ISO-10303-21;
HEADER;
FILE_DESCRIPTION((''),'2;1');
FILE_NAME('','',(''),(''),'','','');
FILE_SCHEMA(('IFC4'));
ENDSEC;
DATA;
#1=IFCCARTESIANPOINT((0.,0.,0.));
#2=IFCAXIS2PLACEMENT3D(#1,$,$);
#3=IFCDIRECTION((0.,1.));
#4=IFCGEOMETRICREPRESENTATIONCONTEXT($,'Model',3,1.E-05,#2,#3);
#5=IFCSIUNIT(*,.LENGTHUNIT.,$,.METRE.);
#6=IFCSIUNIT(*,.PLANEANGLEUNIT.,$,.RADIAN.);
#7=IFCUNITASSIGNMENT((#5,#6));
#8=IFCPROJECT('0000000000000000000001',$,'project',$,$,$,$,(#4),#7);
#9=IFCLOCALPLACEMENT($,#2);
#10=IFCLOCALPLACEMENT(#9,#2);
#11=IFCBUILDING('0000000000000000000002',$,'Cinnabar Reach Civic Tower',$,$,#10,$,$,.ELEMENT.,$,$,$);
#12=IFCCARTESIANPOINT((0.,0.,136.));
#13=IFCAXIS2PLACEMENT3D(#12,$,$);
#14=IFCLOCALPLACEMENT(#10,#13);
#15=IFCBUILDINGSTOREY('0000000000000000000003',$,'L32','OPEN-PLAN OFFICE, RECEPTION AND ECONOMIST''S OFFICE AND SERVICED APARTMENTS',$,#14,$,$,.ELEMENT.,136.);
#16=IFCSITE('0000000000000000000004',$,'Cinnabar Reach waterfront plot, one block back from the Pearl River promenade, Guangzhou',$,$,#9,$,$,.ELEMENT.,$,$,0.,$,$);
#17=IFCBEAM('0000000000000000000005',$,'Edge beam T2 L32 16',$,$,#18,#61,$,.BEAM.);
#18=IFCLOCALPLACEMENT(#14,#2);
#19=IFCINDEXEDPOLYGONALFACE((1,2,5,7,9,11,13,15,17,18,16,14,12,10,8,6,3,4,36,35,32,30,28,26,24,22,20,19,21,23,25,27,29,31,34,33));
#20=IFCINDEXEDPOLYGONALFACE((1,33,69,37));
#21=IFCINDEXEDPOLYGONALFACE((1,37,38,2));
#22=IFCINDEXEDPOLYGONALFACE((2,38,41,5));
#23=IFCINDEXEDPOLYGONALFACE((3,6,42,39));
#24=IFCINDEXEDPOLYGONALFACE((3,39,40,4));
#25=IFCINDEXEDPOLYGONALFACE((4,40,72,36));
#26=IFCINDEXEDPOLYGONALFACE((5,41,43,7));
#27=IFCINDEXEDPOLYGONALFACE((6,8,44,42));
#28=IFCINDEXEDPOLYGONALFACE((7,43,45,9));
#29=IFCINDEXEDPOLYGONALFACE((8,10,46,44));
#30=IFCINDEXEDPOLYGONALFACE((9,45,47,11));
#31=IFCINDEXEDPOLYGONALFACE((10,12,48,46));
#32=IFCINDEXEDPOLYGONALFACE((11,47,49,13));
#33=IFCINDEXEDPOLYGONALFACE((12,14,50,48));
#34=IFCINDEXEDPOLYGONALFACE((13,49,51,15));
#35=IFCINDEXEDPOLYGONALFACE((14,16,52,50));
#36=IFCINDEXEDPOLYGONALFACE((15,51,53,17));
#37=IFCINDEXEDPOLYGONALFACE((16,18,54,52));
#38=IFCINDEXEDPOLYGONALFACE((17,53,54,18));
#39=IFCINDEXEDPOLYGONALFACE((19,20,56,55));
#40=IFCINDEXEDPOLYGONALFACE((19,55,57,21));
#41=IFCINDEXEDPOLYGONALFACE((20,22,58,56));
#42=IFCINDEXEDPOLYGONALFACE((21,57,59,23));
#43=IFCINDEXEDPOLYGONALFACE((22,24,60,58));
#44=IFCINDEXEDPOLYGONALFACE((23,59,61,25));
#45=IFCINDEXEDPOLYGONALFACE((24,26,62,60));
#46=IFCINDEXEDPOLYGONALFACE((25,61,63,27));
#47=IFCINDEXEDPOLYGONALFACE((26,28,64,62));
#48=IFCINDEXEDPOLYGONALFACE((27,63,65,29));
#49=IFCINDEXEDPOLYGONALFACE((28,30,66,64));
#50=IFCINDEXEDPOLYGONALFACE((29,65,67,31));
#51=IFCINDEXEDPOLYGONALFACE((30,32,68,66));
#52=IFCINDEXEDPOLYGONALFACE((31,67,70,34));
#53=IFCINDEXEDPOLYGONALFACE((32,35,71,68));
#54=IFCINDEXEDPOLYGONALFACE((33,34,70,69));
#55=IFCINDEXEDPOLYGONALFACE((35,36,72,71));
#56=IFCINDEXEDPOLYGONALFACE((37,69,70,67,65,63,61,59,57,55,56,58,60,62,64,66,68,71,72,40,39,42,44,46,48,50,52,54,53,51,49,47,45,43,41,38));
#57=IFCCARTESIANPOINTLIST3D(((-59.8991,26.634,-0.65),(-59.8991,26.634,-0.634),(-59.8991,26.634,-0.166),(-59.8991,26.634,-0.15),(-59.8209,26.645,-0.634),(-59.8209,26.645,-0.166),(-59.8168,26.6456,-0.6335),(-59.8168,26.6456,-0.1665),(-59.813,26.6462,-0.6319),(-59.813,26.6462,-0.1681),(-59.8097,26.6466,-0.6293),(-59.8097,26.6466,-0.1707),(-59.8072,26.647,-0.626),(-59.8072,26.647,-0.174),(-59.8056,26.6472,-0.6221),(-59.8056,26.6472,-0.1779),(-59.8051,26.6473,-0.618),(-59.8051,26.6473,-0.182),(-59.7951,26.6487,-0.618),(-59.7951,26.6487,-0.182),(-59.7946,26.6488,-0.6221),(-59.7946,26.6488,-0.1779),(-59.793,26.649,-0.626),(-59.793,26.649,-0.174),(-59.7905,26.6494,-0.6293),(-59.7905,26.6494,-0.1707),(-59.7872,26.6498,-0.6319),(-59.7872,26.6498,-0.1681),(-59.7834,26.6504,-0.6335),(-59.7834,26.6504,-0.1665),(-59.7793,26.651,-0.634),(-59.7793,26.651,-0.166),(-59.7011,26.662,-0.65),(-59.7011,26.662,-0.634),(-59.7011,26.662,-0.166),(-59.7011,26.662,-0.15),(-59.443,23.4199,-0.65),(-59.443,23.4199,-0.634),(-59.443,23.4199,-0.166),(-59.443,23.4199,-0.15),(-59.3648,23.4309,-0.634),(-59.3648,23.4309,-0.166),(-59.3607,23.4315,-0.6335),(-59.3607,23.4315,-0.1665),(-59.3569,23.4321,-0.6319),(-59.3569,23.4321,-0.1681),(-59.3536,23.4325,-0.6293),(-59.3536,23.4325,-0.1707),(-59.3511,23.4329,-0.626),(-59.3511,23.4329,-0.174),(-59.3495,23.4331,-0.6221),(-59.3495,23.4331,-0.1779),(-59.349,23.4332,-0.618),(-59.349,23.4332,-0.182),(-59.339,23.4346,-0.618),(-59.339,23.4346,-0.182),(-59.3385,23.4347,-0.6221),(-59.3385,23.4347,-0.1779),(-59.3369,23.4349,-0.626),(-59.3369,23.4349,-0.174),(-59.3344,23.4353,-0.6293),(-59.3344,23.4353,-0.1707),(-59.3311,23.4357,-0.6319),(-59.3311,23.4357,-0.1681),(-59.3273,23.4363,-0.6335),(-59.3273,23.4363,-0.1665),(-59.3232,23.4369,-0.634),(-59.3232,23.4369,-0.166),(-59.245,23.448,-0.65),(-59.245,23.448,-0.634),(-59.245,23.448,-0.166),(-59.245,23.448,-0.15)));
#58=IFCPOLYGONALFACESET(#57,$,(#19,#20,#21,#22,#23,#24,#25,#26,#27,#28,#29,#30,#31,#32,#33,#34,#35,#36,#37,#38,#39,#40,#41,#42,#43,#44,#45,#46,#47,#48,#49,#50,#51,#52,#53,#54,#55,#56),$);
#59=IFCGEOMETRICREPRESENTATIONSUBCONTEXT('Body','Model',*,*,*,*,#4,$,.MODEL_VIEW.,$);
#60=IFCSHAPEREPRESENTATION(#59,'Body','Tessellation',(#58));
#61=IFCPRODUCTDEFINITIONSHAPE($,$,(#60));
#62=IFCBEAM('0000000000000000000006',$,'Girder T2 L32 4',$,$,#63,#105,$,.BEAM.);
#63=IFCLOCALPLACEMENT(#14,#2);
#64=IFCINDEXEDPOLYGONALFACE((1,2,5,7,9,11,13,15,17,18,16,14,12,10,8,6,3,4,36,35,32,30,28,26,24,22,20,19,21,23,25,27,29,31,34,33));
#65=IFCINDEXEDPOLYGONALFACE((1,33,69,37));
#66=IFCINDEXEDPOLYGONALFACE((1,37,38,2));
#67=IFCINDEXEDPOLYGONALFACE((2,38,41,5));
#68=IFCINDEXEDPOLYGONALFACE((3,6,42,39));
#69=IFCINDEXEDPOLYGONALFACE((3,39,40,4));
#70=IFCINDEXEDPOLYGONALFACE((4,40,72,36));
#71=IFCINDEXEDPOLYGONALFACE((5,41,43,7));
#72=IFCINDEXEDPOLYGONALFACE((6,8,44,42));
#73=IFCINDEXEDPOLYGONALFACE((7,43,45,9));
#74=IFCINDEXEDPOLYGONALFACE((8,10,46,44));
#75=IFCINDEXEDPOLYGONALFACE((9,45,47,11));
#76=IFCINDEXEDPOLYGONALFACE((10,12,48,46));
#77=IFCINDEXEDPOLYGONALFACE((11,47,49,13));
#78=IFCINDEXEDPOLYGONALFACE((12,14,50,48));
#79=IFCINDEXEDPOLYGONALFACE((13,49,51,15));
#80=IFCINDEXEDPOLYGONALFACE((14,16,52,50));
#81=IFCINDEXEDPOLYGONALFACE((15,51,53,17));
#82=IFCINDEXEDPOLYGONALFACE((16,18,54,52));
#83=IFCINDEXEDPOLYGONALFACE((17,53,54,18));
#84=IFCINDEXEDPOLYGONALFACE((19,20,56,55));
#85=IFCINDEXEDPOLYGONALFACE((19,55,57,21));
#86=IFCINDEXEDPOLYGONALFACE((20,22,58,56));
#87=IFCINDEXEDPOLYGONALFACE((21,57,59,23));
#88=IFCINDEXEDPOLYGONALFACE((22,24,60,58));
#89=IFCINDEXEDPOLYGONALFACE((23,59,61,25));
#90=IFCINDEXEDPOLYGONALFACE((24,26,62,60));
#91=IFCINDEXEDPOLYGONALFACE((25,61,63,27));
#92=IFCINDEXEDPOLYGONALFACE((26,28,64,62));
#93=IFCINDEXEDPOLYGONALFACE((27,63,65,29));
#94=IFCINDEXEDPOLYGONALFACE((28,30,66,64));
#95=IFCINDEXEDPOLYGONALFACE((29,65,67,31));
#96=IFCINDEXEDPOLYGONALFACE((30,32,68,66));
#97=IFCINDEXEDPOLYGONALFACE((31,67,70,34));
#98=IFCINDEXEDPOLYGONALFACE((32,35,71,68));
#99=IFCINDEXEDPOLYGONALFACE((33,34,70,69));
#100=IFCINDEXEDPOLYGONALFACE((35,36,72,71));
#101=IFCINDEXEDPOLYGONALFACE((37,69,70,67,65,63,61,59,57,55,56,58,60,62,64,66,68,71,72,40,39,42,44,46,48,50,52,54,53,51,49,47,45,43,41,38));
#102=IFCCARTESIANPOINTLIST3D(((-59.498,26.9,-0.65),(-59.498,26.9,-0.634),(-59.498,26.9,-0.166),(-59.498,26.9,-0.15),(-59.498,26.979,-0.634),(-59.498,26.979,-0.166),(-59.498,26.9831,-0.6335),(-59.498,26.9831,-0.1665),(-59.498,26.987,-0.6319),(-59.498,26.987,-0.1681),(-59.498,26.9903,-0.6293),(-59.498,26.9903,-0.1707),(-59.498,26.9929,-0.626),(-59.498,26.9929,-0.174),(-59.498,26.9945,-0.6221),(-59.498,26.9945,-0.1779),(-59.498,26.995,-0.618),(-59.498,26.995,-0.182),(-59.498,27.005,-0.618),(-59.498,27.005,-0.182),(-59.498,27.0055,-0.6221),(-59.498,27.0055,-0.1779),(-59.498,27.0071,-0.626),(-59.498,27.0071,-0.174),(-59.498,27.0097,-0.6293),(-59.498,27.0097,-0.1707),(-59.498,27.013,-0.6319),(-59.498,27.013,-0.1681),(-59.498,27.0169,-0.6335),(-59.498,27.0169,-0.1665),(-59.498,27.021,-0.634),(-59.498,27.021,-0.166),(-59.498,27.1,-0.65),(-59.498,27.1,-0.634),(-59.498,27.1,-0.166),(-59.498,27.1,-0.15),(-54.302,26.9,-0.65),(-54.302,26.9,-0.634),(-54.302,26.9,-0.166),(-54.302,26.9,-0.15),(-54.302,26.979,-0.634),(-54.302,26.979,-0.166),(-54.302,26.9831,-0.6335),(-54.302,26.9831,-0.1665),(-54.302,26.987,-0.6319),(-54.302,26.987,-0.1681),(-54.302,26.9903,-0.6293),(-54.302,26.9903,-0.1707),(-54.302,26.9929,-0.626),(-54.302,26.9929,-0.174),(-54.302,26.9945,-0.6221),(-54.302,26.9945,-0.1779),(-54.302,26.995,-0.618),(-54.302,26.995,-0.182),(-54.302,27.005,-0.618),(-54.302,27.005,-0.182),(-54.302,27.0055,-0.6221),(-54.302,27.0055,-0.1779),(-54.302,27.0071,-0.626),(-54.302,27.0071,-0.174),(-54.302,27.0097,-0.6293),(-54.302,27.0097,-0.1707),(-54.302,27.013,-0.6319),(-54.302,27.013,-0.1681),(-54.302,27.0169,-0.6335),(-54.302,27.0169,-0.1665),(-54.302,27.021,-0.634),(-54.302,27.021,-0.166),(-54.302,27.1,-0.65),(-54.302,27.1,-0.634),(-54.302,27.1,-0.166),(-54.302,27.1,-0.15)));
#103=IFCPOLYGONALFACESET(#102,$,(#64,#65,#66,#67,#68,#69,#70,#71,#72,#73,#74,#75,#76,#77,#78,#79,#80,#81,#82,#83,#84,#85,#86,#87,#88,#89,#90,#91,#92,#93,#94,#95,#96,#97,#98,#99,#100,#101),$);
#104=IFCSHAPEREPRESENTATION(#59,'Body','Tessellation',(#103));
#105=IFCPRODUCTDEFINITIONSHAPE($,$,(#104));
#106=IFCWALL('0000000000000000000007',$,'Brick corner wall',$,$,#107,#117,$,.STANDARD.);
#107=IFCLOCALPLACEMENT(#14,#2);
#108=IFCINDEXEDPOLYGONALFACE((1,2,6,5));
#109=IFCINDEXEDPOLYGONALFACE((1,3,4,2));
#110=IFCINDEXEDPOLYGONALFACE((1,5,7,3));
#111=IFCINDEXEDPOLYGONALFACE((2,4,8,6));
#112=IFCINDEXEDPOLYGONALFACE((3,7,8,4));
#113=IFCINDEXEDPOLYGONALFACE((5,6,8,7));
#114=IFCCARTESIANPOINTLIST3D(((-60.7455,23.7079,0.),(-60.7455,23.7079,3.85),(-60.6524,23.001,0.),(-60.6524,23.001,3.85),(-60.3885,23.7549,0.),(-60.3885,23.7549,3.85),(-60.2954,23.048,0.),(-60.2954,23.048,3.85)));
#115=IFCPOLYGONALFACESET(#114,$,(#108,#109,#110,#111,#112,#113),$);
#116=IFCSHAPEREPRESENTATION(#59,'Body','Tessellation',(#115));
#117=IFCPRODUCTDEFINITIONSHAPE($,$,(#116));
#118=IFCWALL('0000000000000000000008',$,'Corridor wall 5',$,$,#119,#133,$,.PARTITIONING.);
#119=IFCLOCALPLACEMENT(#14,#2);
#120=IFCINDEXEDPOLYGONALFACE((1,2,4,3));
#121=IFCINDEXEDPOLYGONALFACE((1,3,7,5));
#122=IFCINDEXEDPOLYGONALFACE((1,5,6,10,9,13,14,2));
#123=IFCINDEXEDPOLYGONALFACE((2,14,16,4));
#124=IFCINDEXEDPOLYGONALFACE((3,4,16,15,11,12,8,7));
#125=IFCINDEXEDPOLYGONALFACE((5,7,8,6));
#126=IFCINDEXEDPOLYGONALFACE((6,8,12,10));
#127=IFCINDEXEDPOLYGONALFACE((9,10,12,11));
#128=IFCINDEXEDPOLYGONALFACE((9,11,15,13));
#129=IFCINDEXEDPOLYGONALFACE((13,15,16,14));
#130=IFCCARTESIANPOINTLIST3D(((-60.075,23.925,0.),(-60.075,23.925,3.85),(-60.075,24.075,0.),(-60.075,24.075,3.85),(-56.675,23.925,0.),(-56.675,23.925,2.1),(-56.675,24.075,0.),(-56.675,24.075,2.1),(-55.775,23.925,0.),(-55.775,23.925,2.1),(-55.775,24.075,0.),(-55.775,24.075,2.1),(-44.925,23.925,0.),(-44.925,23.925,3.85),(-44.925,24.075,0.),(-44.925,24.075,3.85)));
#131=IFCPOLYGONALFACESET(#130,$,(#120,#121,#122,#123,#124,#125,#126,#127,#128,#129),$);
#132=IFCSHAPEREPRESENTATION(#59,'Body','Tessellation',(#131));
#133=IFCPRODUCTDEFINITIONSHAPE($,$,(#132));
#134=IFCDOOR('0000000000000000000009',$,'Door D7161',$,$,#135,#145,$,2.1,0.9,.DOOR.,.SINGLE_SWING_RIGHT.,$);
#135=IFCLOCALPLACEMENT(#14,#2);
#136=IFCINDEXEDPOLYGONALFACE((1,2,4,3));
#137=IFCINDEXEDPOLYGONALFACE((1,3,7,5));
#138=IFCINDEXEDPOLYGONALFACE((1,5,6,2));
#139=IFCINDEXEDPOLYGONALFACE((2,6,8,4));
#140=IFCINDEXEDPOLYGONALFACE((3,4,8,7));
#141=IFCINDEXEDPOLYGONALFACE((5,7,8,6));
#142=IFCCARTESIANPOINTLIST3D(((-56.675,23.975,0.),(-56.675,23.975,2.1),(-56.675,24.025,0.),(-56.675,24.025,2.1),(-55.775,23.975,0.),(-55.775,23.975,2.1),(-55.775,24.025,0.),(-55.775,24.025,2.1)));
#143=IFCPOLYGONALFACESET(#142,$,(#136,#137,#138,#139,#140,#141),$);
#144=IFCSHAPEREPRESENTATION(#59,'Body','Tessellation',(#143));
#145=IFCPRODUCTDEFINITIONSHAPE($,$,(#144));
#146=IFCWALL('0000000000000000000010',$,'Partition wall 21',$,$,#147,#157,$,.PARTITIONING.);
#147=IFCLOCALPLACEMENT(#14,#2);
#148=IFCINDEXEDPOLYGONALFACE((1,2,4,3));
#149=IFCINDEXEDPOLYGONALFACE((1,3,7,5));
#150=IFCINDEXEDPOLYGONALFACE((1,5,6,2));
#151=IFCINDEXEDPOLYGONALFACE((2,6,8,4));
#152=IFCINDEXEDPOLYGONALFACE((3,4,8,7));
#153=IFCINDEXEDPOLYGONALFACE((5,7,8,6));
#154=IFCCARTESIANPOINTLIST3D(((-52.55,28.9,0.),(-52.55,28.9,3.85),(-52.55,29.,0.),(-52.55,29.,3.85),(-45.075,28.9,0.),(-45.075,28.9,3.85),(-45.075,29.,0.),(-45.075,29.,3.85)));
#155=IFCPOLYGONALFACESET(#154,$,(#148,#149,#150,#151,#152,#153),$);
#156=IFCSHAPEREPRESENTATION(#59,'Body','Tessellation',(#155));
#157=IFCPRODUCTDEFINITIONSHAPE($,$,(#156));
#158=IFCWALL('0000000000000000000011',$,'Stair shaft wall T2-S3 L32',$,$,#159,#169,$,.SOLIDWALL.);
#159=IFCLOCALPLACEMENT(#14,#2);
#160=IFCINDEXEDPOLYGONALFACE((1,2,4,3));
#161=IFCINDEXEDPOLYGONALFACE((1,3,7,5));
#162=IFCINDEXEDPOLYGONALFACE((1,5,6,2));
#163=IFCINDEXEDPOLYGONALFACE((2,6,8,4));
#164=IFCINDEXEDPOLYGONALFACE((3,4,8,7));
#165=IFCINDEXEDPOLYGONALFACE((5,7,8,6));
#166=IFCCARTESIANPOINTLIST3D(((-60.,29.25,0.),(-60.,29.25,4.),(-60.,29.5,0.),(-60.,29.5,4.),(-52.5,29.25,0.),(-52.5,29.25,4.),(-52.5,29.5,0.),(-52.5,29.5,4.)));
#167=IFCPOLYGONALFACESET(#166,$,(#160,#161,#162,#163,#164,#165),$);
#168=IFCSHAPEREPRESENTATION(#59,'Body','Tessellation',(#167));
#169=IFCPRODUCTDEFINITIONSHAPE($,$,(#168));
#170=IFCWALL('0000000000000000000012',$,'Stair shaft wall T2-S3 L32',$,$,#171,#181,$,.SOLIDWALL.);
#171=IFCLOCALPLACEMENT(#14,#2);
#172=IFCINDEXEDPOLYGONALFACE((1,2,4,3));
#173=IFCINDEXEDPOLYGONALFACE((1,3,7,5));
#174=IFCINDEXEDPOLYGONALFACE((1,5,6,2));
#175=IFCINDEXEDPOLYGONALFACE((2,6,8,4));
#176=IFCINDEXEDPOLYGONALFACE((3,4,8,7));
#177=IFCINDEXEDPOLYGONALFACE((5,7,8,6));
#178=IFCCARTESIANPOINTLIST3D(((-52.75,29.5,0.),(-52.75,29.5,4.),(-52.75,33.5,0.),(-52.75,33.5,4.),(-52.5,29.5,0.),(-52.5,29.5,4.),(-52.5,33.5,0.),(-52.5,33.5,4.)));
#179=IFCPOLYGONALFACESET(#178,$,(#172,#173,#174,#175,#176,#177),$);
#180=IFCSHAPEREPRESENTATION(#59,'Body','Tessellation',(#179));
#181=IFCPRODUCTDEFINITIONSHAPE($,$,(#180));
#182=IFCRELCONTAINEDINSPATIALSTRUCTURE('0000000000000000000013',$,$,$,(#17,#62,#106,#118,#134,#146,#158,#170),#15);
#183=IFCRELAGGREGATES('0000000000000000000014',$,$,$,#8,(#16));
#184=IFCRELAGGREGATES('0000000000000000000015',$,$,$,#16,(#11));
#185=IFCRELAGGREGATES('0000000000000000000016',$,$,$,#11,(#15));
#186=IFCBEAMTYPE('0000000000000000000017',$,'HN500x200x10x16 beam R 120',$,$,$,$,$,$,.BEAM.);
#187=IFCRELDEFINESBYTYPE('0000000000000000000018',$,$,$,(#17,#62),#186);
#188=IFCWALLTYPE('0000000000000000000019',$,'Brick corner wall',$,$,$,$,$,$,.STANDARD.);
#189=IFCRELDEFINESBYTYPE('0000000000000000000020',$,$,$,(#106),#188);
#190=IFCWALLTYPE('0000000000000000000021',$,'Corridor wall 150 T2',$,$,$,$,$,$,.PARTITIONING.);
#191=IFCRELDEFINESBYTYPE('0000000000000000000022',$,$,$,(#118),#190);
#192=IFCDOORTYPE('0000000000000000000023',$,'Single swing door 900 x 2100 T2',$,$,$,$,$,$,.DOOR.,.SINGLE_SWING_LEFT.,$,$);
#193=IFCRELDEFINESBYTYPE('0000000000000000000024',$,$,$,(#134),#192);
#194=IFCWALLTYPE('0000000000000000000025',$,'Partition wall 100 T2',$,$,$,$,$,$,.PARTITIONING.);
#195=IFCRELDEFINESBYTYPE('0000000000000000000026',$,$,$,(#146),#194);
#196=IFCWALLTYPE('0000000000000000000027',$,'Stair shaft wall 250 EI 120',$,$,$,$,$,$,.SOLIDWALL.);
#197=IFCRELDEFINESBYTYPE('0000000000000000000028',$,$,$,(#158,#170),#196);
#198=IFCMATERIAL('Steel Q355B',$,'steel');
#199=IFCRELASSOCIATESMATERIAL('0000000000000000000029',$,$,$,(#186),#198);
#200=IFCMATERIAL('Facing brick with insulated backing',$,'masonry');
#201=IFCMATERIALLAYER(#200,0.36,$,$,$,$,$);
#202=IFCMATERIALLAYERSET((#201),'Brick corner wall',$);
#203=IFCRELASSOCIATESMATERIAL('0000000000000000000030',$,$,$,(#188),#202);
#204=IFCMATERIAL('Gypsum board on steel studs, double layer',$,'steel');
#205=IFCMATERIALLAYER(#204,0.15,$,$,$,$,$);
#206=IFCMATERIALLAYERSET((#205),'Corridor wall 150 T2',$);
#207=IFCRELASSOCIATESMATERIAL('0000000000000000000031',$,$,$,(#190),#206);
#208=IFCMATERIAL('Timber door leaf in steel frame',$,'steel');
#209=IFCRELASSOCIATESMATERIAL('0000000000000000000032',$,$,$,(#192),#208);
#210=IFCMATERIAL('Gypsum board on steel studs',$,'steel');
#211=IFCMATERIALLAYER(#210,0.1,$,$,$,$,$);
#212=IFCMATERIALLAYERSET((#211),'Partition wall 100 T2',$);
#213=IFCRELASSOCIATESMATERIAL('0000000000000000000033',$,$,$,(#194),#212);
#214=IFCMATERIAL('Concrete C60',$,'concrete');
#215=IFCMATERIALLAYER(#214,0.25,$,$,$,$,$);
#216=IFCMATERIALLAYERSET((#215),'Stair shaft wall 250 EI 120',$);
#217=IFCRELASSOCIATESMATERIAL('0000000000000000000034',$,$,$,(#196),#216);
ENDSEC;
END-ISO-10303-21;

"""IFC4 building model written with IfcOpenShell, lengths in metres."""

from ifc_helpers import new_model, si_unit, direction, frame, frame_2d, origin, origin_2d, place, context, subcontext, project, spatial, rectangle, i_section, extrude, material, layer, layer_set, material_profile, profile_set, type_object, element, fill, save


model = new_model("IFC4")

# Units and contexts
model_context = context("Model", 3, precision=1e-05, world=origin(), true_north=direction((0.0, 1.0)))
body_context = subcontext(model_context, "Body", "Model", "MODEL_VIEW")
ifc_project = project(units=[si_unit("LENGTHUNIT", "METRE"), si_unit("PLANEANGLEUNIT", "RADIAN")], contexts=[model_context])

# Site, building, storey
site_placement = place(None, origin())
site = spatial("IfcSite", under=ifc_project, at=site_placement, Name="Cinnabar Reach waterfront plot, one block back from the Pearl River promenade, Guangzhou", CompositionType="ELEMENT", RefElevation=0.0)
building_placement = place(site_placement, origin())
building = spatial("IfcBuilding", under=site, at=building_placement, Name="Cinnabar Reach Civic Tower", CompositionType="ELEMENT")
storey_placement = place(building_placement, frame((0.0, 0.0, 136.0)))
storey = spatial("IfcBuildingStorey", under=building, at=storey_placement, Name="L32", Description="OPEN-PLAN OFFICE, RECEPTION AND ECONOMIST'S OFFICE AND SERVICED APARTMENTS", CompositionType="ELEMENT", Elevation=136.0)

# Shared definitions
ifc_material_1 = material(Name="Concrete C60", Category="concrete")

# Beams
ifc_material_2 = material(Name="Steel Q355B", Category="steel")
ifc_material_profile_1 = material_profile(ifc_material_2, i_section(OverallWidth=0.2, OverallDepth=0.5, WebThickness=0.01, FlangeThickness=0.016, FilletRadius=0.016, at=origin_2d()), Name="HN500x200x10x16")
ifc_profile_set_1 = profile_set([ifc_material_profile_1], Name="Steel Q355B")
beam_type_1 = type_object("IfcBeamType", Name="HN500x200x10x16 beam R 120", PredefinedType="BEAM", material=ifc_profile_set_1)
beam_1_placement = place(storey_placement, frame((-59.8001, 26.648, -0.4), z_axis=(0.140498, -0.990081, 0.0), x_axis=(0.990081, 0.140498, 0.0)))
element("IfcBeam", 1, at=beam_1_placement, inside=storey, type_object=beam_type_1, Name="Edge beam T2 L32 16", PredefinedType="BEAM", context=body_context, shape_type="SweptSolid", body=[
    extrude(i_section(OverallWidth=0.2, OverallDepth=0.5, WebThickness=0.01, FlangeThickness=0.016, FilletRadius=0.016, at=origin_2d()), origin(), (0.0, 0.0, 1.0), 3.2463),
])
beam_2_placement = place(storey_placement, frame((-59.498, 27.0, -0.4), z_axis=(1.0, 0.0, 0.0), x_axis=(0.0, 1.0, 0.0)))
element("IfcBeam", 2, at=beam_2_placement, inside=storey, type_object=beam_type_1, Name="Girder T2 L32 4", PredefinedType="BEAM", context=body_context, shape_type="SweptSolid", body=[
    extrude(i_section(OverallWidth=0.2, OverallDepth=0.5, WebThickness=0.01, FlangeThickness=0.016, FilletRadius=0.016, at=origin_2d()), origin(), (0.0, 0.0, 1.0), 5.196),
])

# Wall
ifc_material_3 = material(Name="Facing brick with insulated backing", Category="masonry")
ifc_layer_1 = layer(ifc_material_3, 0.36)
ifc_layer_set_1 = layer_set([ifc_layer_1], Name="Brick corner wall")
wall_type_1 = type_object("IfcWallType", Name="Brick corner wall", PredefinedType="STANDARD", material=ifc_layer_set_1)
wall_1_placement = place(storey_placement, frame((-60.567, 23.7314, 0.0), z_axis=(0.0, 0.0, 1.0), x_axis=(0.130556, -0.991441, 0.0)))
element("IfcWall", 3, at=wall_1_placement, inside=storey, type_object=wall_type_1, Name="Brick corner wall", PredefinedType="STANDARD", context=body_context, shape_type="SweptSolid", body=[
    extrude(rectangle(XDim=0.7131, YDim=0.36, at=frame_2d((0.3565, 0.0))), origin(), (0.0, 0.0, 1.0), 3.85),
])

# Wall, opening, door
ifc_material_4 = material(Name="Gypsum board on steel studs, double layer", Category="steel")
ifc_layer_2 = layer(ifc_material_4, 0.15)
ifc_layer_set_2 = layer_set([ifc_layer_2], Name="Corridor wall 150 T2")
wall_type_2 = type_object("IfcWallType", Name="Corridor wall 150 T2", PredefinedType="PARTITIONING", material=ifc_layer_set_2)
wall_2_placement = place(storey_placement, frame((-60.075, 24.0, 0.0), z_axis=(0.0, 0.0, 1.0), x_axis=(1.0, 0.0, 0.0)))
wall_2 = element("IfcWall", 4, at=wall_2_placement, inside=storey, type_object=wall_type_2, Name="Corridor wall 5", PredefinedType="PARTITIONING", context=body_context, shape_type="SweptSolid", body=[
    extrude(rectangle(XDim=15.15, YDim=0.15, at=frame_2d((7.575, 0.0))), origin(), (0.0, 0.0, 1.0), 3.85),
])
opening_placement = place(wall_2_placement, frame((3.4, 0.0, 0.0)))
opening = element("IfcOpeningElement", 5, at=opening_placement, cuts=wall_2, PredefinedType="OPENING", context=body_context, shape_type="SweptSolid", body=[
    extrude(rectangle(XDim=0.9, YDim=2.1, at=frame_2d((0.45, 1.05))), frame((0.0, 0.085, 0.0), z_axis=(0.0, -1.0, 0.0), x_axis=(1.0, 0.0, 0.0)), (0.0, 0.0, 1.0), 0.17),
])
ifc_material_5 = material(Name="Timber door leaf in steel frame", Category="steel")
door_type = type_object("IfcDoorType", Name="Single swing door 900 x 2100 T2", OperationType="SINGLE_SWING_LEFT", PredefinedType="DOOR", material=ifc_material_5)
door_placement = place(opening_placement, origin())
door = element("IfcDoor", 6, at=door_placement, inside=storey, type_object=door_type, Name="Door D7161", OperationType="SINGLE_SWING_RIGHT", OverallHeight=2.1, OverallWidth=0.9, PredefinedType="DOOR", context=body_context, shape_type="SweptSolid", body=[
    extrude(rectangle(XDim=0.9, YDim=2.1, at=frame_2d((0.45, 1.05))), frame((0.0, 0.025, 0.0), z_axis=(0.0, -1.0, 0.0), x_axis=(1.0, 0.0, 0.0)), (0.0, 0.0, 1.0), 0.05),
])
fill(opening, door)

# Walls
ifc_material_6 = material(Name="Gypsum board on steel studs", Category="steel")
ifc_layer_3 = layer(ifc_material_6, 0.1)
ifc_layer_set_3 = layer_set([ifc_layer_3], Name="Partition wall 100 T2")
wall_type_3 = type_object("IfcWallType", Name="Partition wall 100 T2", PredefinedType="PARTITIONING", material=ifc_layer_set_3)
wall_3_placement = place(storey_placement, frame((-52.55, 28.95, 0.0), z_axis=(0.0, 0.0, 1.0), x_axis=(1.0, 0.0, 0.0)))
element("IfcWall", 7, at=wall_3_placement, inside=storey, type_object=wall_type_3, Name="Partition wall 21", PredefinedType="PARTITIONING", context=body_context, shape_type="SweptSolid", body=[
    extrude(rectangle(XDim=7.475, YDim=0.1, at=frame_2d((3.7375, 0.0))), origin(), (0.0, 0.0, 1.0), 3.85),
])
ifc_layer_4 = layer(ifc_material_1, 0.25)
ifc_layer_set_4 = layer_set([ifc_layer_4], Name="Stair shaft wall 250 EI 120")
wall_type_4 = type_object("IfcWallType", Name="Stair shaft wall 250 EI 120", PredefinedType="SOLIDWALL", material=ifc_layer_set_4)
wall_4_placement = place(storey_placement, frame((-60.0, 29.375, 0.0), z_axis=(0.0, 0.0, 1.0), x_axis=(1.0, 0.0, 0.0)))
element("IfcWall", 8, at=wall_4_placement, inside=storey, type_object=wall_type_4, Name="Stair shaft wall T2-S3 L32", PredefinedType="SOLIDWALL", context=body_context, shape_type="SweptSolid", body=[
    extrude(rectangle(XDim=7.5, YDim=0.25, at=frame_2d((3.75, 0.0))), origin(), (0.0, 0.0, 1.0), 4.0),
])
wall_5_placement = place(storey_placement, frame((-52.625, 29.5, 0.0), z_axis=(0.0, 0.0, 1.0), x_axis=(0.0, 1.0, 0.0)))
element("IfcWall", 9, at=wall_5_placement, inside=storey, type_object=wall_type_4, Name="Stair shaft wall T2-S3 L32", PredefinedType="SOLIDWALL", context=body_context, shape_type="SweptSolid", body=[
    extrude(rectangle(XDim=4.0, YDim=0.25, at=frame_2d((2.0, 0.0))), origin(), (0.0, 0.0, 1.0), 4.0),
])

save(model, "model.ifc")
